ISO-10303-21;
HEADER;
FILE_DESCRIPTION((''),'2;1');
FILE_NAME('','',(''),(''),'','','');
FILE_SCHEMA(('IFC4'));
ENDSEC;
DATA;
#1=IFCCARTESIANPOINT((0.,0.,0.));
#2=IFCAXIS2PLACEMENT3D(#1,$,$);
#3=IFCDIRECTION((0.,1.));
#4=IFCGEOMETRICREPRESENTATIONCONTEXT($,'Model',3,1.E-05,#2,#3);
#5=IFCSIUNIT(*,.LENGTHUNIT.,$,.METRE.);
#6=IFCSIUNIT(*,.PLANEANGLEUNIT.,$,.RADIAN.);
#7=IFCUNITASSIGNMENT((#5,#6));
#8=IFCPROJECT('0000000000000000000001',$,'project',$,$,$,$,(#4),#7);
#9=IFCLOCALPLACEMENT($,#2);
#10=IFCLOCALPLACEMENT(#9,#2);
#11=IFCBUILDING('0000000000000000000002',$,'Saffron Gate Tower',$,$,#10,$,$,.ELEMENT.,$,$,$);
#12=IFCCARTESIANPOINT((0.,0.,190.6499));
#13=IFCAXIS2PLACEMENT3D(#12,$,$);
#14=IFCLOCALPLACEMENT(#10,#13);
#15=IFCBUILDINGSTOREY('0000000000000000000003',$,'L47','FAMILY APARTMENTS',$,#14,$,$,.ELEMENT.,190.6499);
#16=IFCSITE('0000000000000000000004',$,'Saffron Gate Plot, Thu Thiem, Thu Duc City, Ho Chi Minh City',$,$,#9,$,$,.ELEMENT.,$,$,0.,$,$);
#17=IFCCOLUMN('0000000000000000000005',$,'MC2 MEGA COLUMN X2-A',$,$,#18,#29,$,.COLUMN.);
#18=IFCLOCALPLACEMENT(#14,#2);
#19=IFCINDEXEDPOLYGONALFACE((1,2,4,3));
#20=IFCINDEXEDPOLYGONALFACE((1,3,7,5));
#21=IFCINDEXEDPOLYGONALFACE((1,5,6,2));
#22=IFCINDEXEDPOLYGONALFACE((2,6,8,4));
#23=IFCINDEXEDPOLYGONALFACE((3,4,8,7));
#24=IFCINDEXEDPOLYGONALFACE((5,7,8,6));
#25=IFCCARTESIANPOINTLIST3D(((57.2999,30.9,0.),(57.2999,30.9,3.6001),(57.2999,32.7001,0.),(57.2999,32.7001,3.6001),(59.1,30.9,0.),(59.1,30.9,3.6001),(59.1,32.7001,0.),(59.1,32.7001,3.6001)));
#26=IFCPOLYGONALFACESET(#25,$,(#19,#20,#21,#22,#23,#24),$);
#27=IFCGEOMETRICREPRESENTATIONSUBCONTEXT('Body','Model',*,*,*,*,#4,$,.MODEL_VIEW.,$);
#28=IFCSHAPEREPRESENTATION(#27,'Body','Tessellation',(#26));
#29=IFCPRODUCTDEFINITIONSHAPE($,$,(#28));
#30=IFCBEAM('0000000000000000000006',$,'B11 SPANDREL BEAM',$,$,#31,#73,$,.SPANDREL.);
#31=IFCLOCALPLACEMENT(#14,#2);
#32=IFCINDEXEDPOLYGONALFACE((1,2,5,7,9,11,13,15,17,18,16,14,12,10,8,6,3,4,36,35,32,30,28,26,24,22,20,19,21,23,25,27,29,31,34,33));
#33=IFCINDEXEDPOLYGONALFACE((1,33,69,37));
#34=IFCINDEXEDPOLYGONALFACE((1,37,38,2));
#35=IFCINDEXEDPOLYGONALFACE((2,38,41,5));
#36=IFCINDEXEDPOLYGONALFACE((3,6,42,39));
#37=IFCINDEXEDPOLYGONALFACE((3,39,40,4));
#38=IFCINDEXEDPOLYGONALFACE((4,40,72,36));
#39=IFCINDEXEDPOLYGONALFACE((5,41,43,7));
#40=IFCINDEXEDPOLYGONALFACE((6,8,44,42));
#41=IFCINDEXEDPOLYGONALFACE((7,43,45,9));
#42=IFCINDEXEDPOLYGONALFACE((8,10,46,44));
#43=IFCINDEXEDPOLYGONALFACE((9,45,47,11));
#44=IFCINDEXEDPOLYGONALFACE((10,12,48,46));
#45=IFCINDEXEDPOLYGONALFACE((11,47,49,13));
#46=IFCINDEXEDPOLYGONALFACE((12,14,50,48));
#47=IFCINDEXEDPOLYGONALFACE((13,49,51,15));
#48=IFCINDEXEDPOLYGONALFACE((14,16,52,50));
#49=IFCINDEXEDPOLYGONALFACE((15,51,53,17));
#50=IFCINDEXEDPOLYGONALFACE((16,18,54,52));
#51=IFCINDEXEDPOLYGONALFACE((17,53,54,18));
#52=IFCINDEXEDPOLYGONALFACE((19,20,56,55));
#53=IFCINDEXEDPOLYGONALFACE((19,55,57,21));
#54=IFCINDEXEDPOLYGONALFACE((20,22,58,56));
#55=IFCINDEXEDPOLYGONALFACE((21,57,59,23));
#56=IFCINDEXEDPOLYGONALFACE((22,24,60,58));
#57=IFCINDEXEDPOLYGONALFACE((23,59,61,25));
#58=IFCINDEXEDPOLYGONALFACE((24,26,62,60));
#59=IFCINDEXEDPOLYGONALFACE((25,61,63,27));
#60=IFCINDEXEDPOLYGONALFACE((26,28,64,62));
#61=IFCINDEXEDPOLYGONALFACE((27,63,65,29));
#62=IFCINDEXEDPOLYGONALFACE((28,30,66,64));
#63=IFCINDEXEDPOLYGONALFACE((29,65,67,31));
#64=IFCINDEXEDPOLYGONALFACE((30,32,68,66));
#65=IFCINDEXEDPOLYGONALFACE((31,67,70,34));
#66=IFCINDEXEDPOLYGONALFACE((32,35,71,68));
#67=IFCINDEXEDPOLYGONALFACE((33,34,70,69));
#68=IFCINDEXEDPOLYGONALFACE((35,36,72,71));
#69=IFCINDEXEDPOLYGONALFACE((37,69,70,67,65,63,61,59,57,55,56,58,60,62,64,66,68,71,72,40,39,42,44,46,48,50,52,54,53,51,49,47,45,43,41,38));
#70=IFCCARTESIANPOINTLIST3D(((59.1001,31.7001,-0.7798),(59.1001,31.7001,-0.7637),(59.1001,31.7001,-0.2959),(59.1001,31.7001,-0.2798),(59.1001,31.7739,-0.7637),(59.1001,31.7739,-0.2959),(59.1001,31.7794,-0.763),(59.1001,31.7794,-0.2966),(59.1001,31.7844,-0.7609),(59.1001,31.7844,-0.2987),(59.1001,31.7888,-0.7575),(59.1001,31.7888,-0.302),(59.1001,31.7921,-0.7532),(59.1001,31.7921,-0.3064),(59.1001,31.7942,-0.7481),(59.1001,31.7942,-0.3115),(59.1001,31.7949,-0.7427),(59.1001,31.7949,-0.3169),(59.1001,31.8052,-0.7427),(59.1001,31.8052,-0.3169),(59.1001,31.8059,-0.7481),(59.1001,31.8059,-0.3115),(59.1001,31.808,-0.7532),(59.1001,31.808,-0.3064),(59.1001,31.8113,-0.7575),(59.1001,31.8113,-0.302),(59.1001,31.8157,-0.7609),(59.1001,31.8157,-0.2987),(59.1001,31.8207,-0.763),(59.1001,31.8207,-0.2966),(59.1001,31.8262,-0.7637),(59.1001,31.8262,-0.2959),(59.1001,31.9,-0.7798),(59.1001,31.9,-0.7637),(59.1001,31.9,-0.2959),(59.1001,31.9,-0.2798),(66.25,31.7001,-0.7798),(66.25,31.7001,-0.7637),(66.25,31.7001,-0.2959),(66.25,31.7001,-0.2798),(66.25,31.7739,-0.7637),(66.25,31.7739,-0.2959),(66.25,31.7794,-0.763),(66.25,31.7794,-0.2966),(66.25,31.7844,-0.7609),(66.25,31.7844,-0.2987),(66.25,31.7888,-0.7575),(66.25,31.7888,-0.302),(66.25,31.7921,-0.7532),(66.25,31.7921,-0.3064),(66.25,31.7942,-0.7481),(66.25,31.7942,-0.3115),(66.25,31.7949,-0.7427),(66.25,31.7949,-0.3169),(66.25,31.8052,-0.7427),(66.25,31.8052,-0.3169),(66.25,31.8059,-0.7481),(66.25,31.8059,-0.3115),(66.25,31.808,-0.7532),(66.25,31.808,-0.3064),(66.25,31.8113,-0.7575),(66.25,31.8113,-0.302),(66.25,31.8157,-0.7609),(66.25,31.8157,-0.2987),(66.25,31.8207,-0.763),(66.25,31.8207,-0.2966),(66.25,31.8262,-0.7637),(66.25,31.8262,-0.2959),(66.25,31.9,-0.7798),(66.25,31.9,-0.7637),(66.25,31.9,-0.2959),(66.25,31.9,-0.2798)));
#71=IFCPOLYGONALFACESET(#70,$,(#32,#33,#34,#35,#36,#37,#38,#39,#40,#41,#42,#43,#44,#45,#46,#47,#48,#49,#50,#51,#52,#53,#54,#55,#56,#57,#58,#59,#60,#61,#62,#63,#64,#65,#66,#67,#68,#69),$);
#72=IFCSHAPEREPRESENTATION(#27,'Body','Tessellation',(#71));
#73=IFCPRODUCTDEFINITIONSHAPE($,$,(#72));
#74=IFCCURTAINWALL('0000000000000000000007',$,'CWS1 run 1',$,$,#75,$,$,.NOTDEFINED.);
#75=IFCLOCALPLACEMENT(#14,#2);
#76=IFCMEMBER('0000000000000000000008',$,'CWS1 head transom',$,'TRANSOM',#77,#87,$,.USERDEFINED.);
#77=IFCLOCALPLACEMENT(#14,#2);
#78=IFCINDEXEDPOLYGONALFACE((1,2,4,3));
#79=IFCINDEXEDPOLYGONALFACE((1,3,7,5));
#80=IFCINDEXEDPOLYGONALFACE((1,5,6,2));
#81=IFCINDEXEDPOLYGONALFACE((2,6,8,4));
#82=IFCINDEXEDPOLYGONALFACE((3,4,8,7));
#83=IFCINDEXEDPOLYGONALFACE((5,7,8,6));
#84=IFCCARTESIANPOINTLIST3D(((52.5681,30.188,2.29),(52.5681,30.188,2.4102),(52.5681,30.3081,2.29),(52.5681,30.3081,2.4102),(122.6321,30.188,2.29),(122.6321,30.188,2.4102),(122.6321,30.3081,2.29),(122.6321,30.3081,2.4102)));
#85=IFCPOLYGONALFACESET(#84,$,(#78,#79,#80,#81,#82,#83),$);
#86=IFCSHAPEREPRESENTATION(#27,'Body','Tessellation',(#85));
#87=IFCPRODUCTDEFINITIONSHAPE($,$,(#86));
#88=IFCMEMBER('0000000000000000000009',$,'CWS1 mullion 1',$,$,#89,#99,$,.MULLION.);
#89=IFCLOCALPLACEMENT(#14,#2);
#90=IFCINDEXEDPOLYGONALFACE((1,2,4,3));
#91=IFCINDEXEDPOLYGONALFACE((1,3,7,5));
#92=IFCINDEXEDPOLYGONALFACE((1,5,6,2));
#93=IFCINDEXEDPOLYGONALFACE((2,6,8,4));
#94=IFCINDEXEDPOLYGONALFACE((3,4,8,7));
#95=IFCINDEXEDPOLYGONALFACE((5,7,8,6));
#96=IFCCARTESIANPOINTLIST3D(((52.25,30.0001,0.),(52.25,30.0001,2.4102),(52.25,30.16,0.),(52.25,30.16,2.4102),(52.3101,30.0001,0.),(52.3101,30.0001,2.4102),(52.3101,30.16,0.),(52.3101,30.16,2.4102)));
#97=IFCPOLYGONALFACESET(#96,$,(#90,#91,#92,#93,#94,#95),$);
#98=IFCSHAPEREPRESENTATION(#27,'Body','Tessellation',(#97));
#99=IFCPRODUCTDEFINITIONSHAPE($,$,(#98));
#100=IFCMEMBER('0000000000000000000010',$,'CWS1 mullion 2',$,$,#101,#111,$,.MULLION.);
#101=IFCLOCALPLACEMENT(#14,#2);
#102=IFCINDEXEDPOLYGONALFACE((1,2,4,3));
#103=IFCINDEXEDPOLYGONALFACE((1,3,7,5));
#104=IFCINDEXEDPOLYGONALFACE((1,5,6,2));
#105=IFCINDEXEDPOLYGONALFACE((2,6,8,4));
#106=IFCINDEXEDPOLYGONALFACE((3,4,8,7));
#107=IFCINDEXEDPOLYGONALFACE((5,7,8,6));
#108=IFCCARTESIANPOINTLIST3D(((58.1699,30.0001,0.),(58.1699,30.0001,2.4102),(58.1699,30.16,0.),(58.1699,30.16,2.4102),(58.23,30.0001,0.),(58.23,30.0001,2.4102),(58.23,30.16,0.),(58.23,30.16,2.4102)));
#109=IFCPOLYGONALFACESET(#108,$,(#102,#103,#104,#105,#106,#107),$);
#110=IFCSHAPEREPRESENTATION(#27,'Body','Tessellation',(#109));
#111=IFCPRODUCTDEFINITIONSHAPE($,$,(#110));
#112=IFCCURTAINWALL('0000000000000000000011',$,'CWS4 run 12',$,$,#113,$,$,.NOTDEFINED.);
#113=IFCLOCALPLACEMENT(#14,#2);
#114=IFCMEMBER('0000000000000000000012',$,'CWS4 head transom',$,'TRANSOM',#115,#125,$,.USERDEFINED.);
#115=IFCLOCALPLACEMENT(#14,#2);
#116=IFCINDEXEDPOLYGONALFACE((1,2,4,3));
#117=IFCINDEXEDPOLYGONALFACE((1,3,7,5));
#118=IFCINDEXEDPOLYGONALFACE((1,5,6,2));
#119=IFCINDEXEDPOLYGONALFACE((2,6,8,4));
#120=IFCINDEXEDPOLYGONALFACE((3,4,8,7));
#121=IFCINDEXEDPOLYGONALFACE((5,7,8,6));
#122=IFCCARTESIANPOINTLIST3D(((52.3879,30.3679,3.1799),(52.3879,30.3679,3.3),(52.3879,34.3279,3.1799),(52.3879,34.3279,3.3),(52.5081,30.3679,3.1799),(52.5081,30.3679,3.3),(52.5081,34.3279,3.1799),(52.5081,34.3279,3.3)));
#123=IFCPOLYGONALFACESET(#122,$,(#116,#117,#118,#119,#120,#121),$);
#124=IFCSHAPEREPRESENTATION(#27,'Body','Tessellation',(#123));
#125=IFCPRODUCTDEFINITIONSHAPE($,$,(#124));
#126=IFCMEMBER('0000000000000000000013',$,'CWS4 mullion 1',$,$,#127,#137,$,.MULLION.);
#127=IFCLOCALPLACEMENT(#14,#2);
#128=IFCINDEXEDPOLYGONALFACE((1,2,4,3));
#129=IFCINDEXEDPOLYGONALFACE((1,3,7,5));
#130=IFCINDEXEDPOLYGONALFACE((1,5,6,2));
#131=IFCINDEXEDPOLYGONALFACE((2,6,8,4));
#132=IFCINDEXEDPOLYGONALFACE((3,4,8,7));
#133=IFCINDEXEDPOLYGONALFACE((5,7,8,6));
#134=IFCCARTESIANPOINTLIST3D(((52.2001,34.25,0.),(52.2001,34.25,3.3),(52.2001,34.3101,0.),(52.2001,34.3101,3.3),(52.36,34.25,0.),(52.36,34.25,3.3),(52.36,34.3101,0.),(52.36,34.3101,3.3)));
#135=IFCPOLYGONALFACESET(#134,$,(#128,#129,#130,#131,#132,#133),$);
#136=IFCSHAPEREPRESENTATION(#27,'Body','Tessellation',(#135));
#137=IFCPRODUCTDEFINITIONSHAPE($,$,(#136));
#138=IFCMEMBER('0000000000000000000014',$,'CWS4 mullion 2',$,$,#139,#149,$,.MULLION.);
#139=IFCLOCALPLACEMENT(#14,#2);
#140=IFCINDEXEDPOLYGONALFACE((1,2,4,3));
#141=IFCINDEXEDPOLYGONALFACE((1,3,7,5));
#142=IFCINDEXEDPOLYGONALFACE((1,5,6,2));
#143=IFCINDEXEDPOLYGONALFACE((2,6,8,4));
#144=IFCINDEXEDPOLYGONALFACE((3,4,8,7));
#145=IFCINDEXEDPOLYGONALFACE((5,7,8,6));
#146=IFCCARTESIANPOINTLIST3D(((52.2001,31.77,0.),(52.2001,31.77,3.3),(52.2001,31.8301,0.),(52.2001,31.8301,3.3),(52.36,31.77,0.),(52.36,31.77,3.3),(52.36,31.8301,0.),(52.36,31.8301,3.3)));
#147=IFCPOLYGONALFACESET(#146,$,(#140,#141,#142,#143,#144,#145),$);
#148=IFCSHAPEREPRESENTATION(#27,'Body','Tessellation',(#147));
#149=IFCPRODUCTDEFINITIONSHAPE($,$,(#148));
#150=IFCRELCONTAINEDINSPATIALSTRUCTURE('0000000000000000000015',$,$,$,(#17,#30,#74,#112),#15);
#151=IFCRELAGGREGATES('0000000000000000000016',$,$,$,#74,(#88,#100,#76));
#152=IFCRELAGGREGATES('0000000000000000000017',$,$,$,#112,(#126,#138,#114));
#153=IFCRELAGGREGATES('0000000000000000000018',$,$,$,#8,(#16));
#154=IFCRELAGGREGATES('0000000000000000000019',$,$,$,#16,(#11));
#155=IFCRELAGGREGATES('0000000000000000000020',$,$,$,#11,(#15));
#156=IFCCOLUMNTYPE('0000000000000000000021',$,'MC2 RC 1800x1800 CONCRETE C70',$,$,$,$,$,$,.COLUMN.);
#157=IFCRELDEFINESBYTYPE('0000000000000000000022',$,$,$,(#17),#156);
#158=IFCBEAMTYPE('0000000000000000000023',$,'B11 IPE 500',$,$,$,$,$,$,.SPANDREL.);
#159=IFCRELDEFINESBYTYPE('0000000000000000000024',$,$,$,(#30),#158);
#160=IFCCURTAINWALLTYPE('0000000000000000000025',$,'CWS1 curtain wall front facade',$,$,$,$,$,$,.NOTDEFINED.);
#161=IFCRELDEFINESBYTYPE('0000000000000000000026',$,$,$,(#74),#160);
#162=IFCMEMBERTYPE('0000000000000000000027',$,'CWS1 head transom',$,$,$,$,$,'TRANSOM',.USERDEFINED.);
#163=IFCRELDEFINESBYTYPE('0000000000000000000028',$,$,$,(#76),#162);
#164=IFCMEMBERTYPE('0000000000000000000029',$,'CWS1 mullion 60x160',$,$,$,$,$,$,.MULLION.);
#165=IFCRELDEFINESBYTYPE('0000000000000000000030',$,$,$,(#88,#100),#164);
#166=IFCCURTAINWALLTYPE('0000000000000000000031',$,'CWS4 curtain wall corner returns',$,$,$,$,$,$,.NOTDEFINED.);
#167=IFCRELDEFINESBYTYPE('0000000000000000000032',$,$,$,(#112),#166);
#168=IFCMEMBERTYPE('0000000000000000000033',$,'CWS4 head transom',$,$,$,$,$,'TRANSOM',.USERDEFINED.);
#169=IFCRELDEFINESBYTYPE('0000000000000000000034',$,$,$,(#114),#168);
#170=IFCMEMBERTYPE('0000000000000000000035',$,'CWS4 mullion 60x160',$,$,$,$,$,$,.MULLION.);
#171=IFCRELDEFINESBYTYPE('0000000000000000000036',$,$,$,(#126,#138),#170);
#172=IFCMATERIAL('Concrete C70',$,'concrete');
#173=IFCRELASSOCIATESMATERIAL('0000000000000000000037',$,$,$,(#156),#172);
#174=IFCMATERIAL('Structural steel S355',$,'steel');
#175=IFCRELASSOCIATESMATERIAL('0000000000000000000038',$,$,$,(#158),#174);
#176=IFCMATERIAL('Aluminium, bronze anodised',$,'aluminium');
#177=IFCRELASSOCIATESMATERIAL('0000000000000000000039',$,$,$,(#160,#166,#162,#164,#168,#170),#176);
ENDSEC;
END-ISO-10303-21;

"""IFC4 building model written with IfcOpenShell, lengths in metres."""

from ifc_helpers import new_model, si_unit, direction, frame, origin, origin_2d, place, context, subcontext, project, spatial, rectangle, i_section, extrude, material, material_profile, profile_set, type_object, element, aggregate, save


model = new_model("IFC4")

# Units and contexts
model_context = context("Model", 3, precision=1e-05, world=origin(), true_north=direction((0.0, 1.0)))
body_context = subcontext(model_context, "Body", "Model", "MODEL_VIEW")
ifc_project = project(units=[si_unit("LENGTHUNIT", "METRE"), si_unit("PLANEANGLEUNIT", "RADIAN")], contexts=[model_context])

# Site, building, storey
site_placement = place(None, origin())
site = spatial("IfcSite", under=ifc_project, at=site_placement, Name="Saffron Gate Plot, Thu Thiem, Thu Duc City, Ho Chi Minh City", CompositionType="ELEMENT", RefElevation=0.0)
building_placement = place(site_placement, origin())
building = spatial("IfcBuilding", under=site, at=building_placement, Name="Saffron Gate Tower", CompositionType="ELEMENT")
storey_placement = place(building_placement, frame((0.0, 0.0, 190.6499)))
storey = spatial("IfcBuildingStorey", under=building, at=storey_placement, Name="L47", Description="FAMILY APARTMENTS", CompositionType="ELEMENT", Elevation=190.6499)

# Column
ifc_material_1 = material(Name="Concrete C70", Category="concrete")
ifc_material_profile_1 = material_profile(ifc_material_1, rectangle(XDim=1.8, YDim=1.8, at=origin_2d()))
ifc_profile_set_1 = profile_set([ifc_material_profile_1], Name="Concrete C70")
column_type = type_object("IfcColumnType", Name="MC2 RC 1800x1800 CONCRETE C70", PredefinedType="COLUMN", material=ifc_profile_set_1)
column_placement = place(storey_placement, frame((58.2, 31.8, 0.0), z_axis=(0.0, 0.0, 1.0), x_axis=(1.0, 0.0, 0.0)))
element("IfcColumn", 1, at=column_placement, inside=storey, type_object=column_type, Name="MC2 MEGA COLUMN X2-A", PredefinedType="COLUMN", context=body_context, shape_type="SweptSolid", body=[
    extrude(rectangle(XDim=1.8, YDim=1.8, at=origin_2d()), origin(), (0.0, 0.0, 1.0), 3.6001),
])

# Beam
ifc_material_2 = material(Name="Structural steel S355", Category="steel")
ifc_material_profile_2 = material_profile(ifc_material_2, i_section(OverallWidth=0.2, OverallDepth=0.5, WebThickness=0.0103, FlangeThickness=0.0161, FilletRadius=0.021, at=origin_2d()))
ifc_profile_set_2 = profile_set([ifc_material_profile_2], Name="Structural steel S355")
beam_type = type_object("IfcBeamType", Name="B11 IPE 500", PredefinedType="SPANDREL", material=ifc_profile_set_2)
beam_placement = place(storey_placement, frame((59.1001, 31.8, -0.5298), z_axis=(1.0, 0.0, 0.0), x_axis=(0.0, 1.0, 0.0)))
element("IfcBeam", 2, at=beam_placement, inside=storey, type_object=beam_type, Name="B11 SPANDREL BEAM", PredefinedType="SPANDREL", context=body_context, shape_type="SweptSolid", body=[
    extrude(i_section(OverallWidth=0.2, OverallDepth=0.5, WebThickness=0.0103, FlangeThickness=0.0161, FilletRadius=0.021, at=origin_2d()), origin(), (0.0, 0.0, 1.0), 7.1499),
])

# Curtain walls, members
ifc_material_3 = material(Name="Aluminium, bronze anodised", Category="aluminium")
curtain_wall_type_1 = type_object("IfcCurtainWallType", Name="CWS1 curtain wall front facade", PredefinedType="NOTDEFINED", material=ifc_material_3)
curtain_wall_1_placement = place(storey_placement, origin())
curtain_wall_1 = element("IfcCurtainWall", 3, at=curtain_wall_1_placement, inside=storey, type_object=curtain_wall_type_1, Name="CWS1 run 1", PredefinedType="NOTDEFINED")
ifc_material_profile_3 = material_profile(ifc_material_3, rectangle(XDim=0.1201, YDim=0.1201, at=origin_2d()))
ifc_profile_set_3 = profile_set([ifc_material_profile_3], Name="Aluminium, bronze anodised")
member_type_1 = type_object("IfcMemberType", Name="CWS1 head transom", ElementType="TRANSOM", PredefinedType="USERDEFINED", material=ifc_profile_set_3)
member_1_placement = place(storey_placement, frame((52.5681, 30.248, 2.3501), z_axis=(1.0, 0.0, 0.0), x_axis=(0.0, 1.0, 0.0)))
member_1 = element("IfcMember", 4, at=member_1_placement, type_object=member_type_1, Name="CWS1 head transom", ObjectType="TRANSOM", PredefinedType="USERDEFINED", context=body_context, shape_type="SweptSolid", body=[
    extrude(rectangle(XDim=0.1201, YDim=0.1201, at=origin_2d()), origin(), (0.0, 0.0, 1.0), 70.064),
])
ifc_material_profile_4 = material_profile(ifc_material_3, rectangle(XDim=0.1599, YDim=0.0601, at=origin_2d()))
ifc_profile_set_4 = profile_set([ifc_material_profile_4], Name="Aluminium, bronze anodised")
member_type_2 = type_object("IfcMemberType", Name="CWS1 mullion 60x160", PredefinedType="MULLION", material=ifc_profile_set_4)
member_2_placement = place(storey_placement, frame((52.28, 30.0801, 0.0), z_axis=(0.0, 0.0, 1.0), x_axis=(0.0, 1.0, 0.0)))
member_2 = element("IfcMember", 5, at=member_2_placement, type_object=member_type_2, Name="CWS1 mullion 1", PredefinedType="MULLION", context=body_context, shape_type="SweptSolid", body=[
    extrude(rectangle(XDim=0.1599, YDim=0.0601, at=origin_2d()), origin(), (0.0, 0.0, 1.0), 2.4102),
])
member_3_placement = place(storey_placement, frame((58.2, 30.0801, 0.0), z_axis=(0.0, 0.0, 1.0), x_axis=(0.0, 1.0, 0.0)))
member_3 = element("IfcMember", 6, at=member_3_placement, type_object=member_type_2, Name="CWS1 mullion 2", PredefinedType="MULLION", context=body_context, shape_type="SweptSolid", body=[
    extrude(rectangle(XDim=0.1599, YDim=0.0601, at=origin_2d()), origin(), (0.0, 0.0, 1.0), 2.4102),
])
curtain_wall_type_2 = type_object("IfcCurtainWallType", Name="CWS4 curtain wall corner returns", PredefinedType="NOTDEFINED", material=ifc_material_3)
curtain_wall_2_placement = place(storey_placement, origin())
curtain_wall_2 = element("IfcCurtainWall", 7, at=curtain_wall_2_placement, inside=storey, type_object=curtain_wall_type_2, Name="CWS4 run 12", PredefinedType="NOTDEFINED")
ifc_material_profile_5 = material_profile(ifc_material_3, rectangle(XDim=0.1201, YDim=0.1201, at=origin_2d()))
ifc_profile_set_5 = profile_set([ifc_material_profile_5], Name="Aluminium, bronze anodised")
member_type_3 = type_object("IfcMemberType", Name="CWS4 head transom", ElementType="TRANSOM", PredefinedType="USERDEFINED", material=ifc_profile_set_5)
member_4_placement = place(storey_placement, frame((52.448, 34.3279, 3.24), z_axis=(0.0, -1.0, 0.0), x_axis=(1.0, 0.0, 0.0)))
member_4 = element("IfcMember", 8, at=member_4_placement, type_object=member_type_3, Name="CWS4 head transom", ObjectType="TRANSOM", PredefinedType="USERDEFINED", context=body_context, shape_type="SweptSolid", body=[
    extrude(rectangle(XDim=0.1201, YDim=0.1201, at=origin_2d()), origin(), (0.0, 0.0, 1.0), 3.96),
])
ifc_material_profile_6 = material_profile(ifc_material_3, rectangle(XDim=0.1599, YDim=0.0601, at=origin_2d()))
ifc_profile_set_6 = profile_set([ifc_material_profile_6], Name="Aluminium, bronze anodised")
member_type_4 = type_object("IfcMemberType", Name="CWS4 mullion 60x160", PredefinedType="MULLION", material=ifc_profile_set_6)
member_5_placement = place(storey_placement, frame((52.28, 34.28, 0.0), z_axis=(0.0, 0.0, 1.0), x_axis=(1.0, 0.0, 0.0)))
member_5 = element("IfcMember", 9, at=member_5_placement, type_object=member_type_4, Name="CWS4 mullion 1", PredefinedType="MULLION", context=body_context, shape_type="SweptSolid", body=[
    extrude(rectangle(XDim=0.1599, YDim=0.0601, at=origin_2d()), origin(), (0.0, 0.0, 1.0), 3.3),
])
member_6_placement = place(storey_placement, frame((52.28, 31.8, 0.0), z_axis=(0.0, 0.0, 1.0), x_axis=(1.0, 0.0, 0.0)))
member_6 = element("IfcMember", 10, at=member_6_placement, type_object=member_type_4, Name="CWS4 mullion 2", PredefinedType="MULLION", context=body_context, shape_type="SweptSolid", body=[
    extrude(rectangle(XDim=0.1599, YDim=0.0601, at=origin_2d()), origin(), (0.0, 0.0, 1.0), 3.3),
])

aggregate(curtain_wall_1, [member_2, member_3, member_1])

aggregate(curtain_wall_2, [member_5, member_6, member_4])

save(model, "model.ifc")
